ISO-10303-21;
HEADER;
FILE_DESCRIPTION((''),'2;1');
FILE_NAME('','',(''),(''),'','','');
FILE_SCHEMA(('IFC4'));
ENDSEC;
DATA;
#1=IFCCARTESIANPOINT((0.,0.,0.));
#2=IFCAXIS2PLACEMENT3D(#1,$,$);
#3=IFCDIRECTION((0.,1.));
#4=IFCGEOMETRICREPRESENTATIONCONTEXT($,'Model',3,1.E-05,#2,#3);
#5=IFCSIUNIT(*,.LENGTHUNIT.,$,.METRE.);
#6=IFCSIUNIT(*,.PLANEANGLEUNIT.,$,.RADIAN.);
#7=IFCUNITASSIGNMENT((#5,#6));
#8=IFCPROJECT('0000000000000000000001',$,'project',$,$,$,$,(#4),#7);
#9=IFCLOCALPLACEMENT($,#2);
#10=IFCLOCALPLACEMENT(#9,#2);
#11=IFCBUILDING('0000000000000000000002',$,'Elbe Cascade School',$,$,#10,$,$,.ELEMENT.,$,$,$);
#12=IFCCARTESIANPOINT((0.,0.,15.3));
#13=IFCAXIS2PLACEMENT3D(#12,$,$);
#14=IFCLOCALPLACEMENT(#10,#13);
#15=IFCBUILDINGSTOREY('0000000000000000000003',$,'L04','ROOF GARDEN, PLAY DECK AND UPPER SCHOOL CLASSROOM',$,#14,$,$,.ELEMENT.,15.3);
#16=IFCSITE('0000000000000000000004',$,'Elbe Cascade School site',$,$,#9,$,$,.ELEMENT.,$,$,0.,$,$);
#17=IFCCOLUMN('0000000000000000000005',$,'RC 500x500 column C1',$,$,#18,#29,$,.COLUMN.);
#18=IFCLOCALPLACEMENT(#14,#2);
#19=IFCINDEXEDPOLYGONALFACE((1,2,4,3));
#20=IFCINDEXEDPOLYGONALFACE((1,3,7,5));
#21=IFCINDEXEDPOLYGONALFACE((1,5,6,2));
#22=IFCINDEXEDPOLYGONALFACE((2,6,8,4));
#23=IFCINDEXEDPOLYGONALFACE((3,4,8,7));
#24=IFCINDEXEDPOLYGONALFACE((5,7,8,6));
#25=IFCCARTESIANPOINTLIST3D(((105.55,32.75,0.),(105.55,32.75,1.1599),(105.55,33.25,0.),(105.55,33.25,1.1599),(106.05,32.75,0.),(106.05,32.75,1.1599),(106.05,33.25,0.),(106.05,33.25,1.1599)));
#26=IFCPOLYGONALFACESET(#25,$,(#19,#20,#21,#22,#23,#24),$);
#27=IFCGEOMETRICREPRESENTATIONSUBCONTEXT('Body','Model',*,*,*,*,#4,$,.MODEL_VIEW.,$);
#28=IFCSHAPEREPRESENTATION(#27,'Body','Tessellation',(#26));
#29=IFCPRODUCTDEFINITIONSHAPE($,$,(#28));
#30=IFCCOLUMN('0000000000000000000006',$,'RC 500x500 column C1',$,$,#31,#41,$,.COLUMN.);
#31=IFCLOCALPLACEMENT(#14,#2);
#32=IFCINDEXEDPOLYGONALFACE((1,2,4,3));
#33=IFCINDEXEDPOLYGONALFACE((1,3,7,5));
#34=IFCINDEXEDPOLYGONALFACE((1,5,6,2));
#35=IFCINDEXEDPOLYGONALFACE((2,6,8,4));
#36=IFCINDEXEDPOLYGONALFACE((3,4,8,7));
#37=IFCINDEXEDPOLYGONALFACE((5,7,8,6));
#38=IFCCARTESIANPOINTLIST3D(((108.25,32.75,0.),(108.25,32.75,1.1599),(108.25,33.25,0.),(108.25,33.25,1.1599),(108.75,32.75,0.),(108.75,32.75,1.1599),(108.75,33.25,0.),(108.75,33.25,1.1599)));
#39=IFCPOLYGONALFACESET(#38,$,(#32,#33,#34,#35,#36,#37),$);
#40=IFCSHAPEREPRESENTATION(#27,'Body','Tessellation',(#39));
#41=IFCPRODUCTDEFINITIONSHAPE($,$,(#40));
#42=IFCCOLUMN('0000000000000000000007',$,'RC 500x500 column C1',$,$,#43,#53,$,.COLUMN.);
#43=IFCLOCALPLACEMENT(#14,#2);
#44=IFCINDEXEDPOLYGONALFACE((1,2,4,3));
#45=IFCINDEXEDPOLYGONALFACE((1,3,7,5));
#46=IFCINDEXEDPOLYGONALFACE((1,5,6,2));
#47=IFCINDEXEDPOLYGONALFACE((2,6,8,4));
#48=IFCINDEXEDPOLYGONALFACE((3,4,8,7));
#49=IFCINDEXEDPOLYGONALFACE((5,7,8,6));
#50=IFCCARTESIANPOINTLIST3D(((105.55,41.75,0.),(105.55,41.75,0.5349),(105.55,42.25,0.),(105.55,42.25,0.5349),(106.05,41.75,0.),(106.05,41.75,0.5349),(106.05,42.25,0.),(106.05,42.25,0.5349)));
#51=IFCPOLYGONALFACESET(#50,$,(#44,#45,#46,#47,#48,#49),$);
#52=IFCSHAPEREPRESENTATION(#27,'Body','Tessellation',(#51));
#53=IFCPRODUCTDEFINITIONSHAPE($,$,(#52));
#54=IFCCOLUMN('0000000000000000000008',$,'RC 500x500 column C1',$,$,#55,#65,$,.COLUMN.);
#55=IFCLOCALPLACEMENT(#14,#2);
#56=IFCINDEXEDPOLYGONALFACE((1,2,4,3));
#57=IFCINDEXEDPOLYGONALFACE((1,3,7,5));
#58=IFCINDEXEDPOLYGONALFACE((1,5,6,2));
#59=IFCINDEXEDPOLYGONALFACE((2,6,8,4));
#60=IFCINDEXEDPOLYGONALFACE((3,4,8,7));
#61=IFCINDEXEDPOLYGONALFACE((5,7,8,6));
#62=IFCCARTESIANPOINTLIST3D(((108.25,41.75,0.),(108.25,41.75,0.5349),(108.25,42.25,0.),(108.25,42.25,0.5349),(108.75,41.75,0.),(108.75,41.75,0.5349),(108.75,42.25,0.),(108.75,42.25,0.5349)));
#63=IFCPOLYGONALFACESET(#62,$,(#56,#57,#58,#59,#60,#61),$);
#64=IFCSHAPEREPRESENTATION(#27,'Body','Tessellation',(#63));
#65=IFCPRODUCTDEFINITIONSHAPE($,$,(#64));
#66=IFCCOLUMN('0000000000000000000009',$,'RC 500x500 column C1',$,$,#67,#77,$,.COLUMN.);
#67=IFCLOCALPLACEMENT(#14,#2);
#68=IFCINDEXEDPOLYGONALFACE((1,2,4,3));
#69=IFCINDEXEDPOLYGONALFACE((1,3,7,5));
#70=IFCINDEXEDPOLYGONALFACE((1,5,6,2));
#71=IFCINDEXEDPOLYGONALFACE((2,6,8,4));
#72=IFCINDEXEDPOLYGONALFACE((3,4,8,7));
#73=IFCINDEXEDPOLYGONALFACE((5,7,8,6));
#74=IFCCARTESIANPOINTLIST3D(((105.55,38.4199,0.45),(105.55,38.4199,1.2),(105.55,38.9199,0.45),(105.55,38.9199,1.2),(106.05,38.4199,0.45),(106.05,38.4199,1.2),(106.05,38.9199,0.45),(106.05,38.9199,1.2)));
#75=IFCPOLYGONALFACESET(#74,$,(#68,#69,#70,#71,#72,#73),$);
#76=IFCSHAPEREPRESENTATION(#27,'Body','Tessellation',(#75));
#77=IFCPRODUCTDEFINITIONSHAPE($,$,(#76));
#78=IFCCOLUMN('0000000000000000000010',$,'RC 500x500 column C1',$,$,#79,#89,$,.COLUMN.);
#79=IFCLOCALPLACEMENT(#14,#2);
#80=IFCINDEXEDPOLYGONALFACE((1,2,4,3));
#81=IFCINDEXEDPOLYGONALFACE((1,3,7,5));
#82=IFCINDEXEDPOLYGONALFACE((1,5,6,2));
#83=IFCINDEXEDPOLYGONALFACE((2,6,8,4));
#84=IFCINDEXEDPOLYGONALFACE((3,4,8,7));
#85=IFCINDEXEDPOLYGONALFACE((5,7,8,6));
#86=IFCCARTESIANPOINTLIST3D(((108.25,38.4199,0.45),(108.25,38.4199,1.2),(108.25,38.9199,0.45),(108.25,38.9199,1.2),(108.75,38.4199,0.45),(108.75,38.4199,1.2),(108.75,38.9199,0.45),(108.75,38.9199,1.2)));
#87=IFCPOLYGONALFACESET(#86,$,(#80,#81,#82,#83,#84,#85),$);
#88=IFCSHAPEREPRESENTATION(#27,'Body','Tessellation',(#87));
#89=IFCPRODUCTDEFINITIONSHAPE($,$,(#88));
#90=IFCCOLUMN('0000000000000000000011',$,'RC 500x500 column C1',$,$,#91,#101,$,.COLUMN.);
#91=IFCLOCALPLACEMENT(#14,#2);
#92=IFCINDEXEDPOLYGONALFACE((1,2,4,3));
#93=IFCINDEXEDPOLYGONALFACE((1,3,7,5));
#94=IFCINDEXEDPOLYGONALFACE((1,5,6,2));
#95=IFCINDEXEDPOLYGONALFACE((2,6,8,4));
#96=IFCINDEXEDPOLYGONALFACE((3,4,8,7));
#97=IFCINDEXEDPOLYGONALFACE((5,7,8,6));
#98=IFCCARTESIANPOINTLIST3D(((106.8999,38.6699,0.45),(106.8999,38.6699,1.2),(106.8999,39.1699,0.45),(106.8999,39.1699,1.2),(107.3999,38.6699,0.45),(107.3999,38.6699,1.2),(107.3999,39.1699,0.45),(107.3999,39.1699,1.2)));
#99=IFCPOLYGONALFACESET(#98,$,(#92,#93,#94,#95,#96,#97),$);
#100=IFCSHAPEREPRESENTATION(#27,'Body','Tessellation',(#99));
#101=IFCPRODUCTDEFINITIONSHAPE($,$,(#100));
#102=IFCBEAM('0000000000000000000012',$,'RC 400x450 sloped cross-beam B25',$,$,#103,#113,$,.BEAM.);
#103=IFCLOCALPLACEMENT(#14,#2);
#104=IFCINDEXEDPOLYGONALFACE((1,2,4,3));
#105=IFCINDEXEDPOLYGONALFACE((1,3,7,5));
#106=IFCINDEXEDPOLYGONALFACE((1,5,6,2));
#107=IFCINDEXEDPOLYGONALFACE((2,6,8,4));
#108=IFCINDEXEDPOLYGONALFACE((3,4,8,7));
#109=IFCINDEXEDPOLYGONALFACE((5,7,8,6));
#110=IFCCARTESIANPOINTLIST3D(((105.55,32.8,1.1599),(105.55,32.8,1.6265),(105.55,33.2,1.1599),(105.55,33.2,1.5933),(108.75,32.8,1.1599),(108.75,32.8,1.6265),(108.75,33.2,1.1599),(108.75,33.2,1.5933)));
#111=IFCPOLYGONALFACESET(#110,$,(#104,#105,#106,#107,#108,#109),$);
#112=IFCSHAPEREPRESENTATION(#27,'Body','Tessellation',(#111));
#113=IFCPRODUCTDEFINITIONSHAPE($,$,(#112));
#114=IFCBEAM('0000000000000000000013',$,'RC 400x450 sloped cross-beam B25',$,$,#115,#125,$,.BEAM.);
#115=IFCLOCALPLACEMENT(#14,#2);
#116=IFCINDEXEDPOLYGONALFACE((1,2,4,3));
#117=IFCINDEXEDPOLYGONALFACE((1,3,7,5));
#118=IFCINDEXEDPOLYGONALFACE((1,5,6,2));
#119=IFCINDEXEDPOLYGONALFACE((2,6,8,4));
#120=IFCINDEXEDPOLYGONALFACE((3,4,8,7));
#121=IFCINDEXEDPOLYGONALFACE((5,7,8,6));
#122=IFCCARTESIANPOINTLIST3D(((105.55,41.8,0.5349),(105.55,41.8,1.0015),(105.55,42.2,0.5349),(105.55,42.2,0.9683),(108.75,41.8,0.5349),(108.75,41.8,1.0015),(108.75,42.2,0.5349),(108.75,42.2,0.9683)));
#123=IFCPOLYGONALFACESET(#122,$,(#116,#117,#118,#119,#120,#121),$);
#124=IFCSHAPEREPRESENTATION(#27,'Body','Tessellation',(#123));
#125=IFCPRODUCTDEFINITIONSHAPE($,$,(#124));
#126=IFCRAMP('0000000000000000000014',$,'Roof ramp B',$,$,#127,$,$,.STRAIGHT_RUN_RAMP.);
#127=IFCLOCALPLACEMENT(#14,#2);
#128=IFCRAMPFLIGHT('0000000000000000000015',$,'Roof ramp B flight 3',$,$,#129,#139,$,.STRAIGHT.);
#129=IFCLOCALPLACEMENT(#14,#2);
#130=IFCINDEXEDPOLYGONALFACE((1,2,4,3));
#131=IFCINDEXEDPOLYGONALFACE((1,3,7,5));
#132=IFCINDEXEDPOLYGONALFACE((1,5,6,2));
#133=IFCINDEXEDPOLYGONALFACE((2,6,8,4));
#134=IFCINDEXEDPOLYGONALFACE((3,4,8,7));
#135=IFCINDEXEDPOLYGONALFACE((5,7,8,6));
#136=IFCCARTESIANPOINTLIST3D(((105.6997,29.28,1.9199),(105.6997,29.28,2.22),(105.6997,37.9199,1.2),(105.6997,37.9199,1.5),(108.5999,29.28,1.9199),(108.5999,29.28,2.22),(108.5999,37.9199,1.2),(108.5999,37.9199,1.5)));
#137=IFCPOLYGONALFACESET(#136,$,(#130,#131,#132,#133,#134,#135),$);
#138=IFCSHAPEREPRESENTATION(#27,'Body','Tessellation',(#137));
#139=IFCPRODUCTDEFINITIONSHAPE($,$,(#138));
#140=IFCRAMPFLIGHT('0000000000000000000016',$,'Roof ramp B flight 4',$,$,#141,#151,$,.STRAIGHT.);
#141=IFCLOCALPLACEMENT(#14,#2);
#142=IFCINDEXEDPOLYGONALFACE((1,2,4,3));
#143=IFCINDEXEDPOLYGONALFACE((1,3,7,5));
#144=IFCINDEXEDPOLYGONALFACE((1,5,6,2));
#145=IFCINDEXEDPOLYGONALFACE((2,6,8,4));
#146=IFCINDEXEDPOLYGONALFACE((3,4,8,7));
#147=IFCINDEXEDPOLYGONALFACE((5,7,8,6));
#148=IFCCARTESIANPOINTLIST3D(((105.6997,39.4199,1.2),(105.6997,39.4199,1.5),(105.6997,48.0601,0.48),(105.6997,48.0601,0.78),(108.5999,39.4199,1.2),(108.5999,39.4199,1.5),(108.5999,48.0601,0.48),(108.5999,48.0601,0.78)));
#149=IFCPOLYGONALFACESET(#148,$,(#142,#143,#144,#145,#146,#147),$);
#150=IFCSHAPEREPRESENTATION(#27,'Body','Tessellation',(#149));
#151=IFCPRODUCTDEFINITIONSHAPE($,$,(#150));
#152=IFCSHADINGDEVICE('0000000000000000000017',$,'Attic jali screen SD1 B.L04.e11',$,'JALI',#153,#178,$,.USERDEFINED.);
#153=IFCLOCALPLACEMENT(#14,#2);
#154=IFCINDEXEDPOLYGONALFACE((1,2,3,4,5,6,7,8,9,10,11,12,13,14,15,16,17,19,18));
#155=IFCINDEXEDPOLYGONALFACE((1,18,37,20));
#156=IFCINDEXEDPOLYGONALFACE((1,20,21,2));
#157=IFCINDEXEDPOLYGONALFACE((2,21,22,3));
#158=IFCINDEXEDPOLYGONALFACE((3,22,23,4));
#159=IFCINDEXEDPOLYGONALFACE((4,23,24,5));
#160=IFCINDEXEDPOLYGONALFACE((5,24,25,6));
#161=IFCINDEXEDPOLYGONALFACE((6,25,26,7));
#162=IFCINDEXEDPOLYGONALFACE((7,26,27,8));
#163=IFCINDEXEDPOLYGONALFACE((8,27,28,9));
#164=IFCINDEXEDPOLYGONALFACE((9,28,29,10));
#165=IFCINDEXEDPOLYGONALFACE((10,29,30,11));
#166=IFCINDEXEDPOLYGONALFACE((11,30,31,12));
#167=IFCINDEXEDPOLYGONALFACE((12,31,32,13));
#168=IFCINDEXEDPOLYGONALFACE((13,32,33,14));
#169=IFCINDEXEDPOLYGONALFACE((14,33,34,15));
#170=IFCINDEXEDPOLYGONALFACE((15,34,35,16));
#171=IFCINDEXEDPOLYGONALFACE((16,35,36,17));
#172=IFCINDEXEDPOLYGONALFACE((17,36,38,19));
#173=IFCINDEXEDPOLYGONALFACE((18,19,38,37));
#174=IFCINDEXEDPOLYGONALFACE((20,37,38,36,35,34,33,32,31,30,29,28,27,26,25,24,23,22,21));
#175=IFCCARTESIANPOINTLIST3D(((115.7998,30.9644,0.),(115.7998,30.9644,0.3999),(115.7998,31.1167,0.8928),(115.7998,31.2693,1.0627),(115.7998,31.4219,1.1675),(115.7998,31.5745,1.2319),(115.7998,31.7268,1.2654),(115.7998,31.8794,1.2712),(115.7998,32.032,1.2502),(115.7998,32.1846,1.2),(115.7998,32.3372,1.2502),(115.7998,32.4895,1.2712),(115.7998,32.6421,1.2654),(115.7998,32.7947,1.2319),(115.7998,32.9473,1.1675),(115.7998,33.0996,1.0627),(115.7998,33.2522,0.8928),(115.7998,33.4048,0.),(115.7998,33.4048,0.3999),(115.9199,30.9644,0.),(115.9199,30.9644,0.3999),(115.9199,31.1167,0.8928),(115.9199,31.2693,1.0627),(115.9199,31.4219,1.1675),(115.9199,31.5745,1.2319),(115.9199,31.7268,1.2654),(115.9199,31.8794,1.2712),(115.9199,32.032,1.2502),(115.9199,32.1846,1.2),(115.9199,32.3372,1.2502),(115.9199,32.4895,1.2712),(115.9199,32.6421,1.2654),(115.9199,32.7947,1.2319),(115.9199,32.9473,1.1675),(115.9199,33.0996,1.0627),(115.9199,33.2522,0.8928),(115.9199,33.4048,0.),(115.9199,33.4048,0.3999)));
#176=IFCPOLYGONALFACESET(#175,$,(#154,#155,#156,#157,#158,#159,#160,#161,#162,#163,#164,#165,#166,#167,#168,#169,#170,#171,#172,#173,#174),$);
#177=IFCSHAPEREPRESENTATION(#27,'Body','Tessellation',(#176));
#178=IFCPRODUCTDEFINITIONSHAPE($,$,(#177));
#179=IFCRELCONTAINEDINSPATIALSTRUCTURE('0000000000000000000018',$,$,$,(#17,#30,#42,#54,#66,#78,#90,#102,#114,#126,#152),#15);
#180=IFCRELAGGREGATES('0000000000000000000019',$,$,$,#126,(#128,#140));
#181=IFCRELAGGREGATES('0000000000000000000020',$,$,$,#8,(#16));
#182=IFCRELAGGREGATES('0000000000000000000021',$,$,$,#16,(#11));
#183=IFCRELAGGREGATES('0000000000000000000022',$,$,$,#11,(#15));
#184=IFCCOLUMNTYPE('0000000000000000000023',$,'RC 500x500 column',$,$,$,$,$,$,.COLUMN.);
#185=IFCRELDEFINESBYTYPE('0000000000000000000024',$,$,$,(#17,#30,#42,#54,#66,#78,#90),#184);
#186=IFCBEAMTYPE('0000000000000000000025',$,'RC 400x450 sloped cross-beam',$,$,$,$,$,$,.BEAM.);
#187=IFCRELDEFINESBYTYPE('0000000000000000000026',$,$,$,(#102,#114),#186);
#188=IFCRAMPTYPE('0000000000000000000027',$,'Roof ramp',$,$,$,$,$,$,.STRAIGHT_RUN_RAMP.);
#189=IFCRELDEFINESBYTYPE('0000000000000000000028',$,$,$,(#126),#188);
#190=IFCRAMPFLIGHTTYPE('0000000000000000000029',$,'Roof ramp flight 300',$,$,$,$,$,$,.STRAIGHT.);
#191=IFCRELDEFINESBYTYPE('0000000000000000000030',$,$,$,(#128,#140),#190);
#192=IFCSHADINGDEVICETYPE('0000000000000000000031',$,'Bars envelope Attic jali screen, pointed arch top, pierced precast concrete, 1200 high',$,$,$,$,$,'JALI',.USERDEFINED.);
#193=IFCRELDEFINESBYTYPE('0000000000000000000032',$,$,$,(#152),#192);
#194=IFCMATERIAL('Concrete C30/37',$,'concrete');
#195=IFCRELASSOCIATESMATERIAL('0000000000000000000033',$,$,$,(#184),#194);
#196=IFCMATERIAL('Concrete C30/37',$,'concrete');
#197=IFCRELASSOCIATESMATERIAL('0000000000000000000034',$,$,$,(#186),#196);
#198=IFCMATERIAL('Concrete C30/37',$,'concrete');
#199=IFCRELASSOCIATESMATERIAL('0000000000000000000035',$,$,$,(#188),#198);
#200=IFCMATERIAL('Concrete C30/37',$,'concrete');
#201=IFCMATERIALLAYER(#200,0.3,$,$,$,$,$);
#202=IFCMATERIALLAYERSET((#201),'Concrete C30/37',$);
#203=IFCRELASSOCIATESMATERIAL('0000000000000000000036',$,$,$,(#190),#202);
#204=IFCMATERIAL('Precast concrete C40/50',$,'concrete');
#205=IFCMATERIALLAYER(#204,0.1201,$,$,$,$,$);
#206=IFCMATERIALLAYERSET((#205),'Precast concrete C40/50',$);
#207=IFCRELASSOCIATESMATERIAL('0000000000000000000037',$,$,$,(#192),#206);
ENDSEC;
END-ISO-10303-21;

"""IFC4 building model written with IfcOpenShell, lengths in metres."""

from ifc_helpers import new_model, si_unit, direction, frame, origin, origin_2d, place, context, subcontext, project, spatial, polyline, rectangle, outline, extrude, material, layer, layer_set, material_profile, profile_set, type_object, element, aggregate, save


model = new_model("IFC4")

# Units and contexts
model_context = context("Model", 3, precision=1e-05, world=origin(), true_north=direction((0.0, 1.0)))
body_context = subcontext(model_context, "Body", "Model", "MODEL_VIEW")
ifc_project = project(units=[si_unit("LENGTHUNIT", "METRE"), si_unit("PLANEANGLEUNIT", "RADIAN")], contexts=[model_context])

# Site, building, storey
site_placement = place(None, origin())
site = spatial("IfcSite", under=ifc_project, at=site_placement, Name="Elbe Cascade School site", CompositionType="ELEMENT", RefElevation=0.0)
building_placement = place(site_placement, origin())
building = spatial("IfcBuilding", under=site, at=building_placement, Name="Elbe Cascade School", CompositionType="ELEMENT")
storey_placement = place(building_placement, frame((0.0, 0.0, 15.3)))
storey = spatial("IfcBuildingStorey", under=building, at=storey_placement, Name="L04", Description="ROOF GARDEN, PLAY DECK AND UPPER SCHOOL CLASSROOM", CompositionType="ELEMENT", Elevation=15.3)

# Columns
ifc_material_1 = material(Name="Concrete C30/37", Category="concrete")
ifc_material_profile_1 = material_profile(ifc_material_1, rectangle(XDim=0.5, YDim=0.5, at=origin_2d()), Name="RC 500x500")
ifc_profile_set_1 = profile_set([ifc_material_profile_1], Name="Concrete C30/37")
column_type = type_object("IfcColumnType", Name="RC 500x500 column", PredefinedType="COLUMN", material=ifc_profile_set_1)
for number, where, z_axis, x_axis, name in (
    (1, (105.8, 33.0, 0.0), (0.0, 0.0, 1.0), (1.0, 0.0, 0.0), "RC 500x500 column C1"),
    (2, (108.5, 33.0, 0.0), (0.0, 0.0, 1.0), (1.0, 0.0, 0.0), "RC 500x500 column C1"),
):
    element("IfcColumn", number, at=place(storey_placement, frame(where, z_axis=z_axis, x_axis=x_axis)), inside=storey, type_object=column_type, Name=name, PredefinedType="COLUMN", context=body_context, shape_type="SweptSolid", body=[
        extrude(rectangle(XDim=0.5, YDim=0.5, at=origin_2d()), origin(), (0.0, 0.0, 1.0), 1.1599),
    ])
for number, where, z_axis, x_axis, name in (
    (3, (105.8, 42.0, 0.0), (0.0, 0.0, 1.0), (1.0, 0.0, 0.0), "RC 500x500 column C1"),
    (4, (108.5, 42.0, 0.0), (0.0, 0.0, 1.0), (1.0, 0.0, 0.0), "RC 500x500 column C1"),
):
    element("IfcColumn", number, at=place(storey_placement, frame(where, z_axis=z_axis, x_axis=x_axis)), inside=storey, type_object=column_type, Name=name, PredefinedType="COLUMN", context=body_context, shape_type="SweptSolid", body=[
        extrude(rectangle(XDim=0.5, YDim=0.5, at=origin_2d()), origin(), (0.0, 0.0, 1.0), 0.5349),
    ])
for number, where, z_axis, x_axis, name in (
    (5, (105.8, 38.6699, 0.45), (0.0, 0.0, 1.0), (1.0, 0.0, 0.0), "RC 500x500 column C1"),
    (6, (108.5, 38.6699, 0.45), (0.0, 0.0, 1.0), (1.0, 0.0, 0.0), "RC 500x500 column C1"),
    (7, (107.1499, 38.9199, 0.45), (0.0, 0.0, 1.0), (1.0, 0.0, 0.0), "RC 500x500 column C1"),
):
    element("IfcColumn", number, at=place(storey_placement, frame(where, z_axis=z_axis, x_axis=x_axis)), inside=storey, type_object=column_type, Name=name, PredefinedType="COLUMN", context=body_context, shape_type="SweptSolid", body=[
        extrude(rectangle(XDim=0.5, YDim=0.5, at=origin_2d()), origin(), (0.0, 0.0, 1.0), 0.75),
    ])

# Beams
ifc_material_2 = material(Name="Concrete C30/37", Category="concrete")
ifc_material_profile_2 = material_profile(ifc_material_2, outline(polyline([(-0.2, 0.0), (0.2, 0.0), (0.2, 0.4333), (-0.2, 0.4666), (-0.2, 0.0)])), Name="RC cross-beam 400x450 sloped top")
ifc_profile_set_2 = profile_set([ifc_material_profile_2], Name="Concrete C30/37")
beam_type = type_object("IfcBeamType", Name="RC 400x450 sloped cross-beam", PredefinedType="BEAM", material=ifc_profile_set_2)
for number, where, z_axis, x_axis, name in (
    (8, (105.55, 33.0, 1.1599), (1.0, 0.0, 0.0), (0.0, 1.0, 0.0), "RC 400x450 sloped cross-beam B25"),
    (9, (105.55, 42.0, 0.5349), (1.0, 0.0, 0.0), (0.0, 1.0, 0.0), "RC 400x450 sloped cross-beam B25"),
):
    element("IfcBeam", number, at=place(storey_placement, frame(where, z_axis=z_axis, x_axis=x_axis)), inside=storey, type_object=beam_type, Name=name, PredefinedType="BEAM", context=body_context, shape_type="SweptSolid", body=[
        extrude(outline(polyline([(-0.2, 0.0), (0.2, 0.0), (0.2, 0.4333), (-0.2, 0.4666), (-0.2, 0.0)])), origin(), (0.0, 0.0, 1.0), 3.2),
    ])

# Ramp, ramp flights
ifc_material_3 = material(Name="Concrete C30/37", Category="concrete")
ramp_type = type_object("IfcRampType", Name="Roof ramp", PredefinedType="STRAIGHT_RUN_RAMP", material=ifc_material_3)
ramp_placement = place(storey_placement, origin())
ramp = element("IfcRamp", 10, at=ramp_placement, inside=storey, type_object=ramp_type, Name="Roof ramp B", PredefinedType="STRAIGHT_RUN_RAMP")
ifc_material_4 = material(Name="Concrete C30/37", Category="concrete")
ifc_layer_1 = layer(ifc_material_4, 0.3)
ifc_layer_set_1 = layer_set([ifc_layer_1], Name="Concrete C30/37")
ramp_flight_type = type_object("IfcRampFlightType", Name="Roof ramp flight 300", PredefinedType="STRAIGHT", material=ifc_layer_set_1)
ramp_flight_1_placement = place(storey_placement, frame((107.1499, 29.28, 2.22), z_axis=(0.0, 0.0, 1.0), x_axis=(0.0, 1.0, 0.0)))
ramp_flight_1 = element("IfcRampFlight", 11, at=ramp_flight_1_placement, type_object=ramp_flight_type, Name="Roof ramp B flight 3", PredefinedType="STRAIGHT", context=body_context, shape_type="SweptSolid", body=[
    extrude(outline(polyline([(0.0, -0.3), (8.6399, -1.02), (8.6399, -0.72), (0.0, 0.0), (0.0, -0.3)])), frame((0.0, 1.4502, 0.0), z_axis=(0.0, -1.0, 0.0), x_axis=(1.0, 0.0, 0.0)), (0.0, 0.0, 1.0), 2.9001),
])
ramp_flight_2_placement = place(storey_placement, frame((107.1499, 39.4199, 1.5), z_axis=(0.0, 0.0, 1.0), x_axis=(0.0, 1.0, 0.0)))
ramp_flight_2 = element("IfcRampFlight", 12, at=ramp_flight_2_placement, type_object=ramp_flight_type, Name="Roof ramp B flight 4", PredefinedType="STRAIGHT", context=body_context, shape_type="SweptSolid", body=[
    extrude(outline(polyline([(0.0, -0.3), (8.6401, -1.02), (8.6401, -0.72), (0.0, 0.0), (0.0, -0.3)])), frame((0.0, 1.4502, 0.0), z_axis=(0.0, -1.0, 0.0), x_axis=(1.0, 0.0, 0.0)), (0.0, 0.0, 1.0), 2.9001),
])
aggregate(ramp, [ramp_flight_1, ramp_flight_2])

# Shading device
ifc_material_5 = material(Name="Precast concrete C40/50", Category="concrete")
ifc_layer_2 = layer(ifc_material_5, 0.1201)
ifc_layer_set_2 = layer_set([ifc_layer_2], Name="Precast concrete C40/50")
shading_device_type = type_object("IfcShadingDeviceType", Name="Bars envelope Attic jali screen, pointed arch top, pierced precast concrete, 1200 high", ElementType="JALI", PredefinedType="USERDEFINED", material=ifc_layer_set_2)
shading_device_1_placement = place(storey_placement, frame((115.9199, 30.9644, 0.0), z_axis=(1.0, 0.0, 0.0), x_axis=(0.0, 1.0, 0.0)))
element("IfcShadingDevice", 13, at=shading_device_1_placement, inside=storey, type_object=shading_device_type, Name="Attic jali screen SD1 B.L04.e11", ObjectType="JALI", PredefinedType="USERDEFINED", context=body_context, shape_type="SweptSolid", body=[
    extrude(outline(polyline([(0.0, 0.0), (2.4404, 0.0), (2.4404, 0.3999), (2.2878, 0.8928), (2.1353, 1.0627), (1.9829, 1.1675), (1.8303, 1.2319), (1.6777, 1.2654), (1.5251, 1.2712), (1.3728, 1.2502), (1.2202, 1.2), (1.0676, 1.2502), (0.915, 1.2712), (0.7625, 1.2654), (0.6101, 1.2319), (0.4575, 1.1675), (0.3049, 1.0627), (0.1523, 0.8928), (0.0, 0.3999), (0.0, 0.0)])), origin(), (0.0, 0.0, -1.0), 0.1201),
])

save(model, "model.ifc")
